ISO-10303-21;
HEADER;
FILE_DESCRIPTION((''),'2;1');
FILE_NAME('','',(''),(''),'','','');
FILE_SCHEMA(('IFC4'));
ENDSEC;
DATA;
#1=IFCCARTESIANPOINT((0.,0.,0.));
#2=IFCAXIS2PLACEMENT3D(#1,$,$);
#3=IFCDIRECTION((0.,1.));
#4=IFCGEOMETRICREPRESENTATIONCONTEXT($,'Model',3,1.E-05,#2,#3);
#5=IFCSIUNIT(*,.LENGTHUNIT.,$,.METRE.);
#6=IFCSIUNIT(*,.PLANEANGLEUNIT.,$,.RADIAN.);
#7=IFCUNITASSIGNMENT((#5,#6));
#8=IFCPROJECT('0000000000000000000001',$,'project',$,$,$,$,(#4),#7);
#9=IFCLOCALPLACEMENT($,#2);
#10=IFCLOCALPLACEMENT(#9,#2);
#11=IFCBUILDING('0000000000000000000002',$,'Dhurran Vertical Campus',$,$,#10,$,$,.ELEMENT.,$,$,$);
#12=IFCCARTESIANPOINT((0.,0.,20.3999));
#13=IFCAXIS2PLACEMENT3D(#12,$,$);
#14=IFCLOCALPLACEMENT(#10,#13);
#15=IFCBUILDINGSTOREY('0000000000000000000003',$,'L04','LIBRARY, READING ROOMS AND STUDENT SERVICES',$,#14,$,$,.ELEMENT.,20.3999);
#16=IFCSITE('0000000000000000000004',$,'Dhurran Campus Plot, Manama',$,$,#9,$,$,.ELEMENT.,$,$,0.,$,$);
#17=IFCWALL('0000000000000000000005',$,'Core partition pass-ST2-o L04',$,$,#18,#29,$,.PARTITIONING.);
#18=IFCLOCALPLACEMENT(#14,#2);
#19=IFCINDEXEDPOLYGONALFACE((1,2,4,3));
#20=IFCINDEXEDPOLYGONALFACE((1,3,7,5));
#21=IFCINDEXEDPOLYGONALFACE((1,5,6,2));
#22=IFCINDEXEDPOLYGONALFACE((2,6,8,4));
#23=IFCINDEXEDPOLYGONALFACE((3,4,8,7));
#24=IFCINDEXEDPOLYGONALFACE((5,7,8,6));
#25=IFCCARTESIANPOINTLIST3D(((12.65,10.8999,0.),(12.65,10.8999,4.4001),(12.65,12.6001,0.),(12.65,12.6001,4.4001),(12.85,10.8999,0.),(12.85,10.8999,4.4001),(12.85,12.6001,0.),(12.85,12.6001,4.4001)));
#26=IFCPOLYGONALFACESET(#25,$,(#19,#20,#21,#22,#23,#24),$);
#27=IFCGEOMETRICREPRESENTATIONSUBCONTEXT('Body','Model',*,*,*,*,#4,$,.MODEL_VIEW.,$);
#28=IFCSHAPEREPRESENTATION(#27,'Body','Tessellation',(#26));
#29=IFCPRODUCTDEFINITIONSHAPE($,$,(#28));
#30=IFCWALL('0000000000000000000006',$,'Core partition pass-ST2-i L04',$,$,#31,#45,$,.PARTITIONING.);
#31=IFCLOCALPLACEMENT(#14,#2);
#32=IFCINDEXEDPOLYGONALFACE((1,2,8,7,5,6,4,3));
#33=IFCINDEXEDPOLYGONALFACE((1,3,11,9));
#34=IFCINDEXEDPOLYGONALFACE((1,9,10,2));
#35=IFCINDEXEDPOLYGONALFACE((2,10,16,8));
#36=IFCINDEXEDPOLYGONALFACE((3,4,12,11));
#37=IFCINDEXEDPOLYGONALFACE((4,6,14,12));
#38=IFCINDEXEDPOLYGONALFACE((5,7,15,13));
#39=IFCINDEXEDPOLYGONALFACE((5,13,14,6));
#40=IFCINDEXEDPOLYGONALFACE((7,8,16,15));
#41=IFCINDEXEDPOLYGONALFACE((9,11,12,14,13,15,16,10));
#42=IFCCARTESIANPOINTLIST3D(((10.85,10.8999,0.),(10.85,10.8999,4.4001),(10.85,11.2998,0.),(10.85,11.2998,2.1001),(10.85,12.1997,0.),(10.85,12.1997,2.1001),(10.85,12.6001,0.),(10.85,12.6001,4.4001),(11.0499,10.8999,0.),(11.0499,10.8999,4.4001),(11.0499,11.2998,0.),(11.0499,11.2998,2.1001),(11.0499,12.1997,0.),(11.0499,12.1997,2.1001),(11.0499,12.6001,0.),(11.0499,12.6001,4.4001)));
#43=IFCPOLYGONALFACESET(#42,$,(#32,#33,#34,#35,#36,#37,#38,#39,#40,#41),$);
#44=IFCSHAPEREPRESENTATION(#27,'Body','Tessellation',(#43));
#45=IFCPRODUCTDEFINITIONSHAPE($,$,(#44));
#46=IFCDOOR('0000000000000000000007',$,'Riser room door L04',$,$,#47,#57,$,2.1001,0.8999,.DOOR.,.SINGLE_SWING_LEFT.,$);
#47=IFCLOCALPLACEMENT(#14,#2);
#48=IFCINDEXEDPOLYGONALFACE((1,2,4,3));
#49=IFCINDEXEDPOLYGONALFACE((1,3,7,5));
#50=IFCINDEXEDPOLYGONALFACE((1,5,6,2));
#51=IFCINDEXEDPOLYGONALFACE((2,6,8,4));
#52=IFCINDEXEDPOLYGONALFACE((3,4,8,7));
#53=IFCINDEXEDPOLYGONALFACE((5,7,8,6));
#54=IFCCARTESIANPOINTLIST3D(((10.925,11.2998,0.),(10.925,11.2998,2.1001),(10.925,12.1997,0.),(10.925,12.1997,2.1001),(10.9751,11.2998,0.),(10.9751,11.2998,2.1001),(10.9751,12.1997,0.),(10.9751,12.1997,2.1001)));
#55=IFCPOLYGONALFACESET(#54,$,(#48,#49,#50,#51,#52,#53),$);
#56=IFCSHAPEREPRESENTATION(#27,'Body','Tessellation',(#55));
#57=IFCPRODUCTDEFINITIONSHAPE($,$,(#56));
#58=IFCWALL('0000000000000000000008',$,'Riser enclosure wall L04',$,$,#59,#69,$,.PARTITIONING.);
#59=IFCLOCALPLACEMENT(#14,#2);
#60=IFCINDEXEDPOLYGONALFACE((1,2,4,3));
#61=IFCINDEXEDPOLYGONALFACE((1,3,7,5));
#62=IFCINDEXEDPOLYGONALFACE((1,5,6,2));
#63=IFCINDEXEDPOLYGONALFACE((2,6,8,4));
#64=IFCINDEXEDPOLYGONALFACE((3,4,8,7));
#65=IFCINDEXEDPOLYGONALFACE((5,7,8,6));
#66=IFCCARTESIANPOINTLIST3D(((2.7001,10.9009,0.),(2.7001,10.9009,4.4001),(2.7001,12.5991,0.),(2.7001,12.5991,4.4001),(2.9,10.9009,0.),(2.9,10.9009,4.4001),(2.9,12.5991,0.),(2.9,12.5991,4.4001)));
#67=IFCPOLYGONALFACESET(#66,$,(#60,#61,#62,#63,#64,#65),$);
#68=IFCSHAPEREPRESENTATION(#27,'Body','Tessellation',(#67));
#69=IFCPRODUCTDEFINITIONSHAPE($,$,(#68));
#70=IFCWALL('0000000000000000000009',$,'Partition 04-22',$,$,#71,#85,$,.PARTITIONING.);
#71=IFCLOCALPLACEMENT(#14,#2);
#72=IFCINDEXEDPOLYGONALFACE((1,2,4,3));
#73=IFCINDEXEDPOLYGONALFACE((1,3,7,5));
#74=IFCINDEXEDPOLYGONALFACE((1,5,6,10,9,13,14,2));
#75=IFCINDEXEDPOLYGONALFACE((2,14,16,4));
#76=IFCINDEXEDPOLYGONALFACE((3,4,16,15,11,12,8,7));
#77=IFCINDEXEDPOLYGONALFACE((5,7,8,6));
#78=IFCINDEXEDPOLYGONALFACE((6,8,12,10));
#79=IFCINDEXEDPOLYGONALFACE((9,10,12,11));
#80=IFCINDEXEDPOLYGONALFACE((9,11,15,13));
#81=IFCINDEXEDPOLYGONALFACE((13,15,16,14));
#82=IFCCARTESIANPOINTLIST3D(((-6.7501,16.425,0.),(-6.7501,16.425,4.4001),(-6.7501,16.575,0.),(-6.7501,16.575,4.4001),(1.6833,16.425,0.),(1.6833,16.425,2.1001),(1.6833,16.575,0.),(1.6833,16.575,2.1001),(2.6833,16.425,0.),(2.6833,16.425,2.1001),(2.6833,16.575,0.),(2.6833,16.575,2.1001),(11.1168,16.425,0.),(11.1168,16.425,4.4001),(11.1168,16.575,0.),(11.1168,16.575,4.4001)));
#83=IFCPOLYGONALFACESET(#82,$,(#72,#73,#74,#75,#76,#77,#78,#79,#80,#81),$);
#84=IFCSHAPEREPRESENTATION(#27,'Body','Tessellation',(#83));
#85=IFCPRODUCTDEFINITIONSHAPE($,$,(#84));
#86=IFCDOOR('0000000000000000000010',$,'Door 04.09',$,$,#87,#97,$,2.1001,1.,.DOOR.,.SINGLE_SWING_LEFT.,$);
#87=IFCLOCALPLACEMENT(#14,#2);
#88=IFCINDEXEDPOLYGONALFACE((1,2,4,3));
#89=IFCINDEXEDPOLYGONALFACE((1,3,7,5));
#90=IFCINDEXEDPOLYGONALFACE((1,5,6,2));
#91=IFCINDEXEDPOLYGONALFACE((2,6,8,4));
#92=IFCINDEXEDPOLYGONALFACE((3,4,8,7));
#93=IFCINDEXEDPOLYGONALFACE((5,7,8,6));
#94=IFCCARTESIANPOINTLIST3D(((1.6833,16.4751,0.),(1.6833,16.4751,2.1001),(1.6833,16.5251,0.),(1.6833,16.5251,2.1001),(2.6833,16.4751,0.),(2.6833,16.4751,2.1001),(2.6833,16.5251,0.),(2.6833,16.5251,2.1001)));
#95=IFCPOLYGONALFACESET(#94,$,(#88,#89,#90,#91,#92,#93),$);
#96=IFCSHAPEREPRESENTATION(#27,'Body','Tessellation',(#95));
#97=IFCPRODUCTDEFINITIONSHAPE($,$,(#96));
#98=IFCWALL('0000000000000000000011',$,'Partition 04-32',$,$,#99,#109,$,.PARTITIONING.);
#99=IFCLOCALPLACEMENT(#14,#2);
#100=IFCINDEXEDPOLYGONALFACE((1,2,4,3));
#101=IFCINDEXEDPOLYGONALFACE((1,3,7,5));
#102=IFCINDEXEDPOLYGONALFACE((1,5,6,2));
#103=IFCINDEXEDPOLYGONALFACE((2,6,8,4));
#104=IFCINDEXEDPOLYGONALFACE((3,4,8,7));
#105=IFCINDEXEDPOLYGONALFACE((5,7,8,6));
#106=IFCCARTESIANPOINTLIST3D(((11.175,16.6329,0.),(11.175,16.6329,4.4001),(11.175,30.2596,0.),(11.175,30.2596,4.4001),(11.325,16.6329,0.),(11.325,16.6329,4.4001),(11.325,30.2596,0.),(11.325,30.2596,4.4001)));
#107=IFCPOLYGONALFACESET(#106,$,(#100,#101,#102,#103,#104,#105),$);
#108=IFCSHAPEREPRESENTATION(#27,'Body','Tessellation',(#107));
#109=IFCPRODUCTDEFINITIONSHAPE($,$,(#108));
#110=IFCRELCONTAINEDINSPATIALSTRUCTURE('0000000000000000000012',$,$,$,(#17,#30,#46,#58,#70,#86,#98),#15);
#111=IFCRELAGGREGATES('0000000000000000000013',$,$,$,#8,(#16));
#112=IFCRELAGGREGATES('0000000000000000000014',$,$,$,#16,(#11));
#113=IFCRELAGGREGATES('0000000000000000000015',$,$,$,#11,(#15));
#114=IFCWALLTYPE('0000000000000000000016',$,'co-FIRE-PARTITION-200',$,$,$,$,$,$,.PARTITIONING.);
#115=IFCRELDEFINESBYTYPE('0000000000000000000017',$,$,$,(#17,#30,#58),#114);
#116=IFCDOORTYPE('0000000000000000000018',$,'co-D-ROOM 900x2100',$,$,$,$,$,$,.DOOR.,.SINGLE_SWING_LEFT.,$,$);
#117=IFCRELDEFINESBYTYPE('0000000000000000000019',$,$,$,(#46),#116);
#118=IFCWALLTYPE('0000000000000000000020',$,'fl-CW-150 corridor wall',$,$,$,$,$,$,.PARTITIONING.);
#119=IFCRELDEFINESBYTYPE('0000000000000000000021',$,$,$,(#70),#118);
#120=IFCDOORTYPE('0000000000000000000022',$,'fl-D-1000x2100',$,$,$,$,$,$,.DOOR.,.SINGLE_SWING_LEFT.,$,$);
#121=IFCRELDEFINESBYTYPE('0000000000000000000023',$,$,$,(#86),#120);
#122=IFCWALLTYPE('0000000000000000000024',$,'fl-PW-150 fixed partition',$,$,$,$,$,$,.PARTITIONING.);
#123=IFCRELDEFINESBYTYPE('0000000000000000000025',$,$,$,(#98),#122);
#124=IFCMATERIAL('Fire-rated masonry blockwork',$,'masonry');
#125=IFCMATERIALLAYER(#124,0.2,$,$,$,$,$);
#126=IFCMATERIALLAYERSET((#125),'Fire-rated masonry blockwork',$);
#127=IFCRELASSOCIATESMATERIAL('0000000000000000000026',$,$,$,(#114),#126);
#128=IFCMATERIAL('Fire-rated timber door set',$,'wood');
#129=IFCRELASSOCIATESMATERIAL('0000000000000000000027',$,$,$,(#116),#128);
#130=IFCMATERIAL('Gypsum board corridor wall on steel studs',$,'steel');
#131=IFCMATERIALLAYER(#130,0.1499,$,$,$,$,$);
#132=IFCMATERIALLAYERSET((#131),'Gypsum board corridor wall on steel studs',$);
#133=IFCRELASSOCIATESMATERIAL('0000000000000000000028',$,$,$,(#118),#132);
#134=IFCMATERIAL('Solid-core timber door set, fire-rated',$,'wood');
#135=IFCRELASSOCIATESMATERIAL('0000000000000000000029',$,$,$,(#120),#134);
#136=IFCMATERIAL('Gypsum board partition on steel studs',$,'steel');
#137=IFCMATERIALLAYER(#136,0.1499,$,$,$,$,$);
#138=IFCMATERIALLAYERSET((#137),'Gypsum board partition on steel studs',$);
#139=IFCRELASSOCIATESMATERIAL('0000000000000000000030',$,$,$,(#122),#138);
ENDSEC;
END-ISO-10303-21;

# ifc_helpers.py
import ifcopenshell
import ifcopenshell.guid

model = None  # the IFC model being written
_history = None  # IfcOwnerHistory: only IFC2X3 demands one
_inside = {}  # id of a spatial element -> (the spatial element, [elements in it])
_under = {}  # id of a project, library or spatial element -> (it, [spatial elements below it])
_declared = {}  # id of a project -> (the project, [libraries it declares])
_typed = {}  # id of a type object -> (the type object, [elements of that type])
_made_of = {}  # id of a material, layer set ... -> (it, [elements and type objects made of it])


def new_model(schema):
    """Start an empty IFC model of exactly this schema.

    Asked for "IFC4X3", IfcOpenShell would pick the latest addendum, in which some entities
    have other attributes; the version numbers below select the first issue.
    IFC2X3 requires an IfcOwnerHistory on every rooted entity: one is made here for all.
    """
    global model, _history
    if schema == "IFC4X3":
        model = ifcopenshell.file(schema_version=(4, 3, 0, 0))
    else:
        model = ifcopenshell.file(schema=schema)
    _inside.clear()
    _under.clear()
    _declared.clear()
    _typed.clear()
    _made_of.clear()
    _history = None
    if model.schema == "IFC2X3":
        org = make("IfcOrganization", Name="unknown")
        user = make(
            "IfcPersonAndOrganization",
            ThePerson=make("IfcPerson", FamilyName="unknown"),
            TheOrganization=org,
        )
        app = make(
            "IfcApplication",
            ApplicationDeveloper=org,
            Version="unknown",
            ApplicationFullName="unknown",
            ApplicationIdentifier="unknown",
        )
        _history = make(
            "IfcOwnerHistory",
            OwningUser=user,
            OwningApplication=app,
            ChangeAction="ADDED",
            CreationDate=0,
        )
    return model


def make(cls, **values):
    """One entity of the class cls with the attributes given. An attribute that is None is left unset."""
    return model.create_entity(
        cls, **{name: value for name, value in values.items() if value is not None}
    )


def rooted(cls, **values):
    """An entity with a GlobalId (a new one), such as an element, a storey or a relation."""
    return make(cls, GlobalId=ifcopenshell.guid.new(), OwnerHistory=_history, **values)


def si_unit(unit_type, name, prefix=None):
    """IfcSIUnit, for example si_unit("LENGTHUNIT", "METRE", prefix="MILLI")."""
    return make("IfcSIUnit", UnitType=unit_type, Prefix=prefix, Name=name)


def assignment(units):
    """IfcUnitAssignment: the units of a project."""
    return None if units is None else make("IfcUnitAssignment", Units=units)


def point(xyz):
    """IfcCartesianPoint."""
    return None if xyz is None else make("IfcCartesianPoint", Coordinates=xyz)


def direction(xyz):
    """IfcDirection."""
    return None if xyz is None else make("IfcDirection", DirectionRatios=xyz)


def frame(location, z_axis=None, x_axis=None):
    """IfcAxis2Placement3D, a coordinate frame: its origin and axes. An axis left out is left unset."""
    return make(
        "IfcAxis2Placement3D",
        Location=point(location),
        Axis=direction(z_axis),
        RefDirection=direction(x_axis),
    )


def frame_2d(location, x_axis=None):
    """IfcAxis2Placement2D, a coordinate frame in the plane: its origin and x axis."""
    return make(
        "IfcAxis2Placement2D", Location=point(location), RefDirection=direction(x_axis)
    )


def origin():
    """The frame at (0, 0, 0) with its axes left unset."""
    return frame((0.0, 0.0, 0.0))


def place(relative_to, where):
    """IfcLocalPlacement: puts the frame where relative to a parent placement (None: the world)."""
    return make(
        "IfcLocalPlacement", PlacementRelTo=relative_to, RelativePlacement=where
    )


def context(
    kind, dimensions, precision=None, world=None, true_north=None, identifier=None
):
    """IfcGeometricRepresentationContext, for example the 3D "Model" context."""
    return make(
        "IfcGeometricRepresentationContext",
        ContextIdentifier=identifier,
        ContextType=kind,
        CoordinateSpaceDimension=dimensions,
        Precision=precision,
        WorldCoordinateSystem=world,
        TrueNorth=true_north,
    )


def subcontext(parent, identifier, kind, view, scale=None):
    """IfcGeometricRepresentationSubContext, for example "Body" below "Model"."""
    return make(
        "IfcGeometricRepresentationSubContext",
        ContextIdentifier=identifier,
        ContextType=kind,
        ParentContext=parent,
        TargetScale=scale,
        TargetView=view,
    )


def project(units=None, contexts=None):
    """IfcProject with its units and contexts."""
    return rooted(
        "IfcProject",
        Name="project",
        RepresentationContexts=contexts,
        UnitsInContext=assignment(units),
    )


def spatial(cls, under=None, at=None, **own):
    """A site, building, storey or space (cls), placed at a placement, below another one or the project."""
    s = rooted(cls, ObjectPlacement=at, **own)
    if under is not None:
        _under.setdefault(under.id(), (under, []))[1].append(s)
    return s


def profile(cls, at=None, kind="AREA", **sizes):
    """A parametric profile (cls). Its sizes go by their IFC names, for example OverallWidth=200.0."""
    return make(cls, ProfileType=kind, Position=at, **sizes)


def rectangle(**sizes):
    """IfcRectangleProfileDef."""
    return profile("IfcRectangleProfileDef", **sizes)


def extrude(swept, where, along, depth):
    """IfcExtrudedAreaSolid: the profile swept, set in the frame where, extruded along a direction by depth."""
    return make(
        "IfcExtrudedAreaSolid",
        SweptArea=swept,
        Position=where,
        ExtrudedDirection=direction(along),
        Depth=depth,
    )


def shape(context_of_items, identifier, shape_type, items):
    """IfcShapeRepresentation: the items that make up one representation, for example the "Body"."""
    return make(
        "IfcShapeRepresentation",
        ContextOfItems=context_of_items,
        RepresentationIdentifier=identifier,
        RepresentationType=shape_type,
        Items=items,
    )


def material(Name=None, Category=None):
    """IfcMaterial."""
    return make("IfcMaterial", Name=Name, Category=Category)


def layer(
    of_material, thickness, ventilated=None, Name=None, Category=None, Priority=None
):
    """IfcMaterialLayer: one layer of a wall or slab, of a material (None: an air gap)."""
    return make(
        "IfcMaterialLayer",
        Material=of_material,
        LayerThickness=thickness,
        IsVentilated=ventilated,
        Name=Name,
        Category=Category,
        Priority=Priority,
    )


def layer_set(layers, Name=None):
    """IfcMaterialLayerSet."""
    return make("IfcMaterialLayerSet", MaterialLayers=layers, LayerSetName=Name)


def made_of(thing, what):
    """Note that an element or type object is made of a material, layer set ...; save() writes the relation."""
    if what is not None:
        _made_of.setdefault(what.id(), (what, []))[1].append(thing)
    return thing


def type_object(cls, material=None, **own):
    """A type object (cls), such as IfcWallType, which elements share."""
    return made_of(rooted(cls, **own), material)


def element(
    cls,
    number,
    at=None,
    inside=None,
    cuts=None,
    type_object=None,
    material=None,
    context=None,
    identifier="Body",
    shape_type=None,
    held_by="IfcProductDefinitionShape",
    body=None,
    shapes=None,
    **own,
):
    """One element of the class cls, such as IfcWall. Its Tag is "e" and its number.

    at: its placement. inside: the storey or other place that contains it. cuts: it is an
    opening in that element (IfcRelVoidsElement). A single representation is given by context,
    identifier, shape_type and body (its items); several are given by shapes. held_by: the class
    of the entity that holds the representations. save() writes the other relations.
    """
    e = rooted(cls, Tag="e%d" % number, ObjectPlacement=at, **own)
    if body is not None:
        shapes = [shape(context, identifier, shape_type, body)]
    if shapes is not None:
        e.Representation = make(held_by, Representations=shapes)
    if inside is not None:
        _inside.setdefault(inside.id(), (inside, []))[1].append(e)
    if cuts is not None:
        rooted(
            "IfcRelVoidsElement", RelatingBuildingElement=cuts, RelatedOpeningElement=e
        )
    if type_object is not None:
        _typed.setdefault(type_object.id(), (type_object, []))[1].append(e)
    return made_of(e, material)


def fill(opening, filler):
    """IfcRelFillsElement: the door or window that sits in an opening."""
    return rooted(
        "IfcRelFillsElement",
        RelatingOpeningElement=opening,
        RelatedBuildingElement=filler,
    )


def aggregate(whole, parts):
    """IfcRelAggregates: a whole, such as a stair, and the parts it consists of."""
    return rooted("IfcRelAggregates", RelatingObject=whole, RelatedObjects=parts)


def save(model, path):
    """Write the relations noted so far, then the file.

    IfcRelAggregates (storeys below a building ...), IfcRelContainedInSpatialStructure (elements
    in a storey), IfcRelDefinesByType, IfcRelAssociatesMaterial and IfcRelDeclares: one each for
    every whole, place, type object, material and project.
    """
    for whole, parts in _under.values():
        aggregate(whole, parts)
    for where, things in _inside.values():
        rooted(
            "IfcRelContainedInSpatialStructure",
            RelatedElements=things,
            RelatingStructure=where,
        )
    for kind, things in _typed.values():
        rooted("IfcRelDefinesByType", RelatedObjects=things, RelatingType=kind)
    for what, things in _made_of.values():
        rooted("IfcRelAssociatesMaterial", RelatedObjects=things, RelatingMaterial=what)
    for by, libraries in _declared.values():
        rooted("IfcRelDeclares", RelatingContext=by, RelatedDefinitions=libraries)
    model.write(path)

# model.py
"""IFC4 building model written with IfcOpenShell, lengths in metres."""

from ifc_helpers import new_model, si_unit, direction, frame, frame_2d, origin, place, context, subcontext, project, spatial, rectangle, extrude, material, layer, layer_set, type_object, element, fill, save


model = new_model("IFC4")

# Units and contexts
model_context = context("Model", 3, precision=1e-05, world=origin(), true_north=direction((0.0, 1.0)))
body_context = subcontext(model_context, "Body", "Model", "MODEL_VIEW")
ifc_project = project(units=[si_unit("LENGTHUNIT", "METRE"), si_unit("PLANEANGLEUNIT", "RADIAN")], contexts=[model_context])

# Site, building, storey
site_placement = place(None, origin())
site = spatial("IfcSite", under=ifc_project, at=site_placement, Name="Dhurran Campus Plot, Manama", CompositionType="ELEMENT", RefElevation=0.0)
building_placement = place(site_placement, origin())
building = spatial("IfcBuilding", under=site, at=building_placement, Name="Dhurran Vertical Campus", CompositionType="ELEMENT")
storey_placement = place(building_placement, frame((0.0, 0.0, 20.3999)))
storey = spatial("IfcBuildingStorey", under=building, at=storey_placement, Name="L04", Description="LIBRARY, READING ROOMS AND STUDENT SERVICES", CompositionType="ELEMENT", Elevation=20.3999)

# Wall
ifc_material_1 = material(Name="Fire-rated masonry blockwork", Category="masonry")
ifc_layer_1 = layer(ifc_material_1, 0.2)
ifc_layer_set_1 = layer_set([ifc_layer_1], Name="Fire-rated masonry blockwork")
wall_type_1 = type_object("IfcWallType", Name="co-FIRE-PARTITION-200", PredefinedType="PARTITIONING", material=ifc_layer_set_1)
wall_1_placement = place(storey_placement, frame((12.75, 10.8999, 0.0), z_axis=(0.0, 0.0, 1.0), x_axis=(0.0, 1.0, 0.0)))
element("IfcWall", 1, at=wall_1_placement, inside=storey, type_object=wall_type_1, Name="Core partition pass-ST2-o L04", PredefinedType="PARTITIONING", context=body_context, shape_type="SweptSolid", body=[
    extrude(rectangle(XDim=1.7002, YDim=0.2, at=frame_2d((0.8501, 0.0))), origin(), (0.0, 0.0, 1.0), 4.4001),
])

# Wall, opening, door
wall_2_placement = place(storey_placement, frame((10.95, 10.8999, 0.0), z_axis=(0.0, 0.0, 1.0), x_axis=(0.0, 1.0, 0.0)))
wall_2 = element("IfcWall", 2, at=wall_2_placement, inside=storey, type_object=wall_type_1, Name="Core partition pass-ST2-i L04", PredefinedType="PARTITIONING", context=body_context, shape_type="SweptSolid", body=[
    extrude(rectangle(XDim=1.7002, YDim=0.2, at=frame_2d((0.8501, 0.0))), origin(), (0.0, 0.0, 1.0), 4.4001),
])
opening_1_placement = place(wall_2_placement, frame((0.3999, 0.0, 0.0)))
opening_1 = element("IfcOpeningElement", 3, at=opening_1_placement, cuts=wall_2, PredefinedType="OPENING", context=body_context, shape_type="SweptSolid", body=[
    extrude(rectangle(XDim=0.8999, YDim=2.1001, at=frame_2d((0.45, 1.05))), frame((0.0, 0.1099, 0.0), z_axis=(0.0, -1.0, 0.0), x_axis=(1.0, 0.0, 0.0)), (0.0, 0.0, 1.0), 0.22),
])
ifc_material_2 = material(Name="Fire-rated timber door set", Category="wood")
door_type_1 = type_object("IfcDoorType", Name="co-D-ROOM 900x2100", OperationType="SINGLE_SWING_LEFT", PredefinedType="DOOR", material=ifc_material_2)
door_1_placement = place(opening_1_placement, origin())
door_1 = element("IfcDoor", 4, at=door_1_placement, inside=storey, type_object=door_type_1, Name="Riser room door L04", OperationType="SINGLE_SWING_LEFT", OverallHeight=2.1001, OverallWidth=0.8999, PredefinedType="DOOR", context=body_context, shape_type="SweptSolid", body=[
    extrude(rectangle(XDim=0.8999, YDim=2.1001, at=frame_2d((0.45, 1.05))), frame((0.0, 0.0249, 0.0), z_axis=(0.0, -1.0, 0.0), x_axis=(1.0, 0.0, 0.0)), (0.0, 0.0, 1.0), 0.05),
])
fill(opening_1, door_1)

# Wall
wall_3_placement = place(storey_placement, frame((2.8, 12.5991, 0.0), z_axis=(0.0, 0.0, 1.0), x_axis=(0.0, -1.0, 0.0)))
element("IfcWall", 5, at=wall_3_placement, inside=storey, type_object=wall_type_1, Name="Riser enclosure wall L04", PredefinedType="PARTITIONING", context=body_context, shape_type="SweptSolid", body=[
    extrude(rectangle(XDim=1.6982, YDim=0.2, at=frame_2d((0.8491, 0.0))), origin(), (0.0, 0.0, 1.0), 4.4001),
])

# Wall, opening, door
ifc_material_3 = material(Name="Gypsum board corridor wall on steel studs", Category="steel")
ifc_layer_2 = layer(ifc_material_3, 0.1499)
ifc_layer_set_2 = layer_set([ifc_layer_2], Name="Gypsum board corridor wall on steel studs")
wall_type_2 = type_object("IfcWallType", Name="fl-CW-150 corridor wall", PredefinedType="PARTITIONING", material=ifc_layer_set_2)
wall_4_placement = place(storey_placement, frame((11.1169, 16.5, 0.0), z_axis=(0.0, 0.0, 1.0), x_axis=(-1.0, 0.0, 0.0)))
wall_4 = element("IfcWall", 6, at=wall_4_placement, inside=storey, type_object=wall_type_2, Name="Partition 04-22", PredefinedType="PARTITIONING", context=body_context, shape_type="SweptSolid", body=[
    extrude(rectangle(XDim=17.8669, YDim=0.1499, at=frame_2d((8.9336, 0.0))), origin(), (0.0, 0.0, 1.0), 4.4001),
])
opening_2_placement = place(wall_4_placement, frame((8.4336, 0.0, 0.0)))
opening_2 = element("IfcOpeningElement", 7, at=opening_2_placement, cuts=wall_4, PredefinedType="OPENING", context=body_context, shape_type="SweptSolid", body=[
    extrude(rectangle(XDim=1.0, YDim=2.1001, at=frame_2d((0.5, 1.05))), frame((0.0, 0.085, 0.0), z_axis=(0.0, -1.0, 0.0), x_axis=(1.0, 0.0, 0.0)), (0.0, 0.0, 1.0), 0.1699),
])
ifc_material_4 = material(Name="Solid-core timber door set, fire-rated", Category="wood")
door_type_2 = type_object("IfcDoorType", Name="fl-D-1000x2100", OperationType="SINGLE_SWING_LEFT", PredefinedType="DOOR", material=ifc_material_4)
door_2_placement = place(opening_2_placement, origin())
door_2 = element("IfcDoor", 8, at=door_2_placement, inside=storey, type_object=door_type_2, Name="Door 04.09", OperationType="SINGLE_SWING_LEFT", OverallHeight=2.1001, OverallWidth=1.0, PredefinedType="DOOR", context=body_context, shape_type="SweptSolid", body=[
    extrude(rectangle(XDim=1.0, YDim=2.1001, at=frame_2d((0.5, 1.05))), frame((0.0, 0.0249, 0.0), z_axis=(0.0, -1.0, 0.0), x_axis=(1.0, 0.0, 0.0)), (0.0, 0.0, 1.0), 0.05),
])
fill(opening_2, door_2)

# Wall
ifc_material_5 = material(Name="Gypsum board partition on steel studs", Category="steel")
ifc_layer_3 = layer(ifc_material_5, 0.1499)
ifc_layer_set_3 = layer_set([ifc_layer_3], Name="Gypsum board partition on steel studs")
wall_type_3 = type_object("IfcWallType", Name="fl-PW-150 fixed partition", PredefinedType="PARTITIONING", material=ifc_layer_set_3)
wall_5_placement = place(storey_placement, frame((11.25, 30.2598, 0.0), z_axis=(0.0, 0.0, 1.0), x_axis=(0.0, -1.0, 0.0)))
element("IfcWall", 9, at=wall_5_placement, inside=storey, type_object=wall_type_3, Name="Partition 04-32", PredefinedType="PARTITIONING", context=body_context, shape_type="SweptSolid", body=[
    extrude(rectangle(XDim=13.6267, YDim=0.1499, at=frame_2d((6.8135, 0.0))), origin(), (0.0, 0.0, 1.0), 4.4001),
])

save(model, "model.ifc")
